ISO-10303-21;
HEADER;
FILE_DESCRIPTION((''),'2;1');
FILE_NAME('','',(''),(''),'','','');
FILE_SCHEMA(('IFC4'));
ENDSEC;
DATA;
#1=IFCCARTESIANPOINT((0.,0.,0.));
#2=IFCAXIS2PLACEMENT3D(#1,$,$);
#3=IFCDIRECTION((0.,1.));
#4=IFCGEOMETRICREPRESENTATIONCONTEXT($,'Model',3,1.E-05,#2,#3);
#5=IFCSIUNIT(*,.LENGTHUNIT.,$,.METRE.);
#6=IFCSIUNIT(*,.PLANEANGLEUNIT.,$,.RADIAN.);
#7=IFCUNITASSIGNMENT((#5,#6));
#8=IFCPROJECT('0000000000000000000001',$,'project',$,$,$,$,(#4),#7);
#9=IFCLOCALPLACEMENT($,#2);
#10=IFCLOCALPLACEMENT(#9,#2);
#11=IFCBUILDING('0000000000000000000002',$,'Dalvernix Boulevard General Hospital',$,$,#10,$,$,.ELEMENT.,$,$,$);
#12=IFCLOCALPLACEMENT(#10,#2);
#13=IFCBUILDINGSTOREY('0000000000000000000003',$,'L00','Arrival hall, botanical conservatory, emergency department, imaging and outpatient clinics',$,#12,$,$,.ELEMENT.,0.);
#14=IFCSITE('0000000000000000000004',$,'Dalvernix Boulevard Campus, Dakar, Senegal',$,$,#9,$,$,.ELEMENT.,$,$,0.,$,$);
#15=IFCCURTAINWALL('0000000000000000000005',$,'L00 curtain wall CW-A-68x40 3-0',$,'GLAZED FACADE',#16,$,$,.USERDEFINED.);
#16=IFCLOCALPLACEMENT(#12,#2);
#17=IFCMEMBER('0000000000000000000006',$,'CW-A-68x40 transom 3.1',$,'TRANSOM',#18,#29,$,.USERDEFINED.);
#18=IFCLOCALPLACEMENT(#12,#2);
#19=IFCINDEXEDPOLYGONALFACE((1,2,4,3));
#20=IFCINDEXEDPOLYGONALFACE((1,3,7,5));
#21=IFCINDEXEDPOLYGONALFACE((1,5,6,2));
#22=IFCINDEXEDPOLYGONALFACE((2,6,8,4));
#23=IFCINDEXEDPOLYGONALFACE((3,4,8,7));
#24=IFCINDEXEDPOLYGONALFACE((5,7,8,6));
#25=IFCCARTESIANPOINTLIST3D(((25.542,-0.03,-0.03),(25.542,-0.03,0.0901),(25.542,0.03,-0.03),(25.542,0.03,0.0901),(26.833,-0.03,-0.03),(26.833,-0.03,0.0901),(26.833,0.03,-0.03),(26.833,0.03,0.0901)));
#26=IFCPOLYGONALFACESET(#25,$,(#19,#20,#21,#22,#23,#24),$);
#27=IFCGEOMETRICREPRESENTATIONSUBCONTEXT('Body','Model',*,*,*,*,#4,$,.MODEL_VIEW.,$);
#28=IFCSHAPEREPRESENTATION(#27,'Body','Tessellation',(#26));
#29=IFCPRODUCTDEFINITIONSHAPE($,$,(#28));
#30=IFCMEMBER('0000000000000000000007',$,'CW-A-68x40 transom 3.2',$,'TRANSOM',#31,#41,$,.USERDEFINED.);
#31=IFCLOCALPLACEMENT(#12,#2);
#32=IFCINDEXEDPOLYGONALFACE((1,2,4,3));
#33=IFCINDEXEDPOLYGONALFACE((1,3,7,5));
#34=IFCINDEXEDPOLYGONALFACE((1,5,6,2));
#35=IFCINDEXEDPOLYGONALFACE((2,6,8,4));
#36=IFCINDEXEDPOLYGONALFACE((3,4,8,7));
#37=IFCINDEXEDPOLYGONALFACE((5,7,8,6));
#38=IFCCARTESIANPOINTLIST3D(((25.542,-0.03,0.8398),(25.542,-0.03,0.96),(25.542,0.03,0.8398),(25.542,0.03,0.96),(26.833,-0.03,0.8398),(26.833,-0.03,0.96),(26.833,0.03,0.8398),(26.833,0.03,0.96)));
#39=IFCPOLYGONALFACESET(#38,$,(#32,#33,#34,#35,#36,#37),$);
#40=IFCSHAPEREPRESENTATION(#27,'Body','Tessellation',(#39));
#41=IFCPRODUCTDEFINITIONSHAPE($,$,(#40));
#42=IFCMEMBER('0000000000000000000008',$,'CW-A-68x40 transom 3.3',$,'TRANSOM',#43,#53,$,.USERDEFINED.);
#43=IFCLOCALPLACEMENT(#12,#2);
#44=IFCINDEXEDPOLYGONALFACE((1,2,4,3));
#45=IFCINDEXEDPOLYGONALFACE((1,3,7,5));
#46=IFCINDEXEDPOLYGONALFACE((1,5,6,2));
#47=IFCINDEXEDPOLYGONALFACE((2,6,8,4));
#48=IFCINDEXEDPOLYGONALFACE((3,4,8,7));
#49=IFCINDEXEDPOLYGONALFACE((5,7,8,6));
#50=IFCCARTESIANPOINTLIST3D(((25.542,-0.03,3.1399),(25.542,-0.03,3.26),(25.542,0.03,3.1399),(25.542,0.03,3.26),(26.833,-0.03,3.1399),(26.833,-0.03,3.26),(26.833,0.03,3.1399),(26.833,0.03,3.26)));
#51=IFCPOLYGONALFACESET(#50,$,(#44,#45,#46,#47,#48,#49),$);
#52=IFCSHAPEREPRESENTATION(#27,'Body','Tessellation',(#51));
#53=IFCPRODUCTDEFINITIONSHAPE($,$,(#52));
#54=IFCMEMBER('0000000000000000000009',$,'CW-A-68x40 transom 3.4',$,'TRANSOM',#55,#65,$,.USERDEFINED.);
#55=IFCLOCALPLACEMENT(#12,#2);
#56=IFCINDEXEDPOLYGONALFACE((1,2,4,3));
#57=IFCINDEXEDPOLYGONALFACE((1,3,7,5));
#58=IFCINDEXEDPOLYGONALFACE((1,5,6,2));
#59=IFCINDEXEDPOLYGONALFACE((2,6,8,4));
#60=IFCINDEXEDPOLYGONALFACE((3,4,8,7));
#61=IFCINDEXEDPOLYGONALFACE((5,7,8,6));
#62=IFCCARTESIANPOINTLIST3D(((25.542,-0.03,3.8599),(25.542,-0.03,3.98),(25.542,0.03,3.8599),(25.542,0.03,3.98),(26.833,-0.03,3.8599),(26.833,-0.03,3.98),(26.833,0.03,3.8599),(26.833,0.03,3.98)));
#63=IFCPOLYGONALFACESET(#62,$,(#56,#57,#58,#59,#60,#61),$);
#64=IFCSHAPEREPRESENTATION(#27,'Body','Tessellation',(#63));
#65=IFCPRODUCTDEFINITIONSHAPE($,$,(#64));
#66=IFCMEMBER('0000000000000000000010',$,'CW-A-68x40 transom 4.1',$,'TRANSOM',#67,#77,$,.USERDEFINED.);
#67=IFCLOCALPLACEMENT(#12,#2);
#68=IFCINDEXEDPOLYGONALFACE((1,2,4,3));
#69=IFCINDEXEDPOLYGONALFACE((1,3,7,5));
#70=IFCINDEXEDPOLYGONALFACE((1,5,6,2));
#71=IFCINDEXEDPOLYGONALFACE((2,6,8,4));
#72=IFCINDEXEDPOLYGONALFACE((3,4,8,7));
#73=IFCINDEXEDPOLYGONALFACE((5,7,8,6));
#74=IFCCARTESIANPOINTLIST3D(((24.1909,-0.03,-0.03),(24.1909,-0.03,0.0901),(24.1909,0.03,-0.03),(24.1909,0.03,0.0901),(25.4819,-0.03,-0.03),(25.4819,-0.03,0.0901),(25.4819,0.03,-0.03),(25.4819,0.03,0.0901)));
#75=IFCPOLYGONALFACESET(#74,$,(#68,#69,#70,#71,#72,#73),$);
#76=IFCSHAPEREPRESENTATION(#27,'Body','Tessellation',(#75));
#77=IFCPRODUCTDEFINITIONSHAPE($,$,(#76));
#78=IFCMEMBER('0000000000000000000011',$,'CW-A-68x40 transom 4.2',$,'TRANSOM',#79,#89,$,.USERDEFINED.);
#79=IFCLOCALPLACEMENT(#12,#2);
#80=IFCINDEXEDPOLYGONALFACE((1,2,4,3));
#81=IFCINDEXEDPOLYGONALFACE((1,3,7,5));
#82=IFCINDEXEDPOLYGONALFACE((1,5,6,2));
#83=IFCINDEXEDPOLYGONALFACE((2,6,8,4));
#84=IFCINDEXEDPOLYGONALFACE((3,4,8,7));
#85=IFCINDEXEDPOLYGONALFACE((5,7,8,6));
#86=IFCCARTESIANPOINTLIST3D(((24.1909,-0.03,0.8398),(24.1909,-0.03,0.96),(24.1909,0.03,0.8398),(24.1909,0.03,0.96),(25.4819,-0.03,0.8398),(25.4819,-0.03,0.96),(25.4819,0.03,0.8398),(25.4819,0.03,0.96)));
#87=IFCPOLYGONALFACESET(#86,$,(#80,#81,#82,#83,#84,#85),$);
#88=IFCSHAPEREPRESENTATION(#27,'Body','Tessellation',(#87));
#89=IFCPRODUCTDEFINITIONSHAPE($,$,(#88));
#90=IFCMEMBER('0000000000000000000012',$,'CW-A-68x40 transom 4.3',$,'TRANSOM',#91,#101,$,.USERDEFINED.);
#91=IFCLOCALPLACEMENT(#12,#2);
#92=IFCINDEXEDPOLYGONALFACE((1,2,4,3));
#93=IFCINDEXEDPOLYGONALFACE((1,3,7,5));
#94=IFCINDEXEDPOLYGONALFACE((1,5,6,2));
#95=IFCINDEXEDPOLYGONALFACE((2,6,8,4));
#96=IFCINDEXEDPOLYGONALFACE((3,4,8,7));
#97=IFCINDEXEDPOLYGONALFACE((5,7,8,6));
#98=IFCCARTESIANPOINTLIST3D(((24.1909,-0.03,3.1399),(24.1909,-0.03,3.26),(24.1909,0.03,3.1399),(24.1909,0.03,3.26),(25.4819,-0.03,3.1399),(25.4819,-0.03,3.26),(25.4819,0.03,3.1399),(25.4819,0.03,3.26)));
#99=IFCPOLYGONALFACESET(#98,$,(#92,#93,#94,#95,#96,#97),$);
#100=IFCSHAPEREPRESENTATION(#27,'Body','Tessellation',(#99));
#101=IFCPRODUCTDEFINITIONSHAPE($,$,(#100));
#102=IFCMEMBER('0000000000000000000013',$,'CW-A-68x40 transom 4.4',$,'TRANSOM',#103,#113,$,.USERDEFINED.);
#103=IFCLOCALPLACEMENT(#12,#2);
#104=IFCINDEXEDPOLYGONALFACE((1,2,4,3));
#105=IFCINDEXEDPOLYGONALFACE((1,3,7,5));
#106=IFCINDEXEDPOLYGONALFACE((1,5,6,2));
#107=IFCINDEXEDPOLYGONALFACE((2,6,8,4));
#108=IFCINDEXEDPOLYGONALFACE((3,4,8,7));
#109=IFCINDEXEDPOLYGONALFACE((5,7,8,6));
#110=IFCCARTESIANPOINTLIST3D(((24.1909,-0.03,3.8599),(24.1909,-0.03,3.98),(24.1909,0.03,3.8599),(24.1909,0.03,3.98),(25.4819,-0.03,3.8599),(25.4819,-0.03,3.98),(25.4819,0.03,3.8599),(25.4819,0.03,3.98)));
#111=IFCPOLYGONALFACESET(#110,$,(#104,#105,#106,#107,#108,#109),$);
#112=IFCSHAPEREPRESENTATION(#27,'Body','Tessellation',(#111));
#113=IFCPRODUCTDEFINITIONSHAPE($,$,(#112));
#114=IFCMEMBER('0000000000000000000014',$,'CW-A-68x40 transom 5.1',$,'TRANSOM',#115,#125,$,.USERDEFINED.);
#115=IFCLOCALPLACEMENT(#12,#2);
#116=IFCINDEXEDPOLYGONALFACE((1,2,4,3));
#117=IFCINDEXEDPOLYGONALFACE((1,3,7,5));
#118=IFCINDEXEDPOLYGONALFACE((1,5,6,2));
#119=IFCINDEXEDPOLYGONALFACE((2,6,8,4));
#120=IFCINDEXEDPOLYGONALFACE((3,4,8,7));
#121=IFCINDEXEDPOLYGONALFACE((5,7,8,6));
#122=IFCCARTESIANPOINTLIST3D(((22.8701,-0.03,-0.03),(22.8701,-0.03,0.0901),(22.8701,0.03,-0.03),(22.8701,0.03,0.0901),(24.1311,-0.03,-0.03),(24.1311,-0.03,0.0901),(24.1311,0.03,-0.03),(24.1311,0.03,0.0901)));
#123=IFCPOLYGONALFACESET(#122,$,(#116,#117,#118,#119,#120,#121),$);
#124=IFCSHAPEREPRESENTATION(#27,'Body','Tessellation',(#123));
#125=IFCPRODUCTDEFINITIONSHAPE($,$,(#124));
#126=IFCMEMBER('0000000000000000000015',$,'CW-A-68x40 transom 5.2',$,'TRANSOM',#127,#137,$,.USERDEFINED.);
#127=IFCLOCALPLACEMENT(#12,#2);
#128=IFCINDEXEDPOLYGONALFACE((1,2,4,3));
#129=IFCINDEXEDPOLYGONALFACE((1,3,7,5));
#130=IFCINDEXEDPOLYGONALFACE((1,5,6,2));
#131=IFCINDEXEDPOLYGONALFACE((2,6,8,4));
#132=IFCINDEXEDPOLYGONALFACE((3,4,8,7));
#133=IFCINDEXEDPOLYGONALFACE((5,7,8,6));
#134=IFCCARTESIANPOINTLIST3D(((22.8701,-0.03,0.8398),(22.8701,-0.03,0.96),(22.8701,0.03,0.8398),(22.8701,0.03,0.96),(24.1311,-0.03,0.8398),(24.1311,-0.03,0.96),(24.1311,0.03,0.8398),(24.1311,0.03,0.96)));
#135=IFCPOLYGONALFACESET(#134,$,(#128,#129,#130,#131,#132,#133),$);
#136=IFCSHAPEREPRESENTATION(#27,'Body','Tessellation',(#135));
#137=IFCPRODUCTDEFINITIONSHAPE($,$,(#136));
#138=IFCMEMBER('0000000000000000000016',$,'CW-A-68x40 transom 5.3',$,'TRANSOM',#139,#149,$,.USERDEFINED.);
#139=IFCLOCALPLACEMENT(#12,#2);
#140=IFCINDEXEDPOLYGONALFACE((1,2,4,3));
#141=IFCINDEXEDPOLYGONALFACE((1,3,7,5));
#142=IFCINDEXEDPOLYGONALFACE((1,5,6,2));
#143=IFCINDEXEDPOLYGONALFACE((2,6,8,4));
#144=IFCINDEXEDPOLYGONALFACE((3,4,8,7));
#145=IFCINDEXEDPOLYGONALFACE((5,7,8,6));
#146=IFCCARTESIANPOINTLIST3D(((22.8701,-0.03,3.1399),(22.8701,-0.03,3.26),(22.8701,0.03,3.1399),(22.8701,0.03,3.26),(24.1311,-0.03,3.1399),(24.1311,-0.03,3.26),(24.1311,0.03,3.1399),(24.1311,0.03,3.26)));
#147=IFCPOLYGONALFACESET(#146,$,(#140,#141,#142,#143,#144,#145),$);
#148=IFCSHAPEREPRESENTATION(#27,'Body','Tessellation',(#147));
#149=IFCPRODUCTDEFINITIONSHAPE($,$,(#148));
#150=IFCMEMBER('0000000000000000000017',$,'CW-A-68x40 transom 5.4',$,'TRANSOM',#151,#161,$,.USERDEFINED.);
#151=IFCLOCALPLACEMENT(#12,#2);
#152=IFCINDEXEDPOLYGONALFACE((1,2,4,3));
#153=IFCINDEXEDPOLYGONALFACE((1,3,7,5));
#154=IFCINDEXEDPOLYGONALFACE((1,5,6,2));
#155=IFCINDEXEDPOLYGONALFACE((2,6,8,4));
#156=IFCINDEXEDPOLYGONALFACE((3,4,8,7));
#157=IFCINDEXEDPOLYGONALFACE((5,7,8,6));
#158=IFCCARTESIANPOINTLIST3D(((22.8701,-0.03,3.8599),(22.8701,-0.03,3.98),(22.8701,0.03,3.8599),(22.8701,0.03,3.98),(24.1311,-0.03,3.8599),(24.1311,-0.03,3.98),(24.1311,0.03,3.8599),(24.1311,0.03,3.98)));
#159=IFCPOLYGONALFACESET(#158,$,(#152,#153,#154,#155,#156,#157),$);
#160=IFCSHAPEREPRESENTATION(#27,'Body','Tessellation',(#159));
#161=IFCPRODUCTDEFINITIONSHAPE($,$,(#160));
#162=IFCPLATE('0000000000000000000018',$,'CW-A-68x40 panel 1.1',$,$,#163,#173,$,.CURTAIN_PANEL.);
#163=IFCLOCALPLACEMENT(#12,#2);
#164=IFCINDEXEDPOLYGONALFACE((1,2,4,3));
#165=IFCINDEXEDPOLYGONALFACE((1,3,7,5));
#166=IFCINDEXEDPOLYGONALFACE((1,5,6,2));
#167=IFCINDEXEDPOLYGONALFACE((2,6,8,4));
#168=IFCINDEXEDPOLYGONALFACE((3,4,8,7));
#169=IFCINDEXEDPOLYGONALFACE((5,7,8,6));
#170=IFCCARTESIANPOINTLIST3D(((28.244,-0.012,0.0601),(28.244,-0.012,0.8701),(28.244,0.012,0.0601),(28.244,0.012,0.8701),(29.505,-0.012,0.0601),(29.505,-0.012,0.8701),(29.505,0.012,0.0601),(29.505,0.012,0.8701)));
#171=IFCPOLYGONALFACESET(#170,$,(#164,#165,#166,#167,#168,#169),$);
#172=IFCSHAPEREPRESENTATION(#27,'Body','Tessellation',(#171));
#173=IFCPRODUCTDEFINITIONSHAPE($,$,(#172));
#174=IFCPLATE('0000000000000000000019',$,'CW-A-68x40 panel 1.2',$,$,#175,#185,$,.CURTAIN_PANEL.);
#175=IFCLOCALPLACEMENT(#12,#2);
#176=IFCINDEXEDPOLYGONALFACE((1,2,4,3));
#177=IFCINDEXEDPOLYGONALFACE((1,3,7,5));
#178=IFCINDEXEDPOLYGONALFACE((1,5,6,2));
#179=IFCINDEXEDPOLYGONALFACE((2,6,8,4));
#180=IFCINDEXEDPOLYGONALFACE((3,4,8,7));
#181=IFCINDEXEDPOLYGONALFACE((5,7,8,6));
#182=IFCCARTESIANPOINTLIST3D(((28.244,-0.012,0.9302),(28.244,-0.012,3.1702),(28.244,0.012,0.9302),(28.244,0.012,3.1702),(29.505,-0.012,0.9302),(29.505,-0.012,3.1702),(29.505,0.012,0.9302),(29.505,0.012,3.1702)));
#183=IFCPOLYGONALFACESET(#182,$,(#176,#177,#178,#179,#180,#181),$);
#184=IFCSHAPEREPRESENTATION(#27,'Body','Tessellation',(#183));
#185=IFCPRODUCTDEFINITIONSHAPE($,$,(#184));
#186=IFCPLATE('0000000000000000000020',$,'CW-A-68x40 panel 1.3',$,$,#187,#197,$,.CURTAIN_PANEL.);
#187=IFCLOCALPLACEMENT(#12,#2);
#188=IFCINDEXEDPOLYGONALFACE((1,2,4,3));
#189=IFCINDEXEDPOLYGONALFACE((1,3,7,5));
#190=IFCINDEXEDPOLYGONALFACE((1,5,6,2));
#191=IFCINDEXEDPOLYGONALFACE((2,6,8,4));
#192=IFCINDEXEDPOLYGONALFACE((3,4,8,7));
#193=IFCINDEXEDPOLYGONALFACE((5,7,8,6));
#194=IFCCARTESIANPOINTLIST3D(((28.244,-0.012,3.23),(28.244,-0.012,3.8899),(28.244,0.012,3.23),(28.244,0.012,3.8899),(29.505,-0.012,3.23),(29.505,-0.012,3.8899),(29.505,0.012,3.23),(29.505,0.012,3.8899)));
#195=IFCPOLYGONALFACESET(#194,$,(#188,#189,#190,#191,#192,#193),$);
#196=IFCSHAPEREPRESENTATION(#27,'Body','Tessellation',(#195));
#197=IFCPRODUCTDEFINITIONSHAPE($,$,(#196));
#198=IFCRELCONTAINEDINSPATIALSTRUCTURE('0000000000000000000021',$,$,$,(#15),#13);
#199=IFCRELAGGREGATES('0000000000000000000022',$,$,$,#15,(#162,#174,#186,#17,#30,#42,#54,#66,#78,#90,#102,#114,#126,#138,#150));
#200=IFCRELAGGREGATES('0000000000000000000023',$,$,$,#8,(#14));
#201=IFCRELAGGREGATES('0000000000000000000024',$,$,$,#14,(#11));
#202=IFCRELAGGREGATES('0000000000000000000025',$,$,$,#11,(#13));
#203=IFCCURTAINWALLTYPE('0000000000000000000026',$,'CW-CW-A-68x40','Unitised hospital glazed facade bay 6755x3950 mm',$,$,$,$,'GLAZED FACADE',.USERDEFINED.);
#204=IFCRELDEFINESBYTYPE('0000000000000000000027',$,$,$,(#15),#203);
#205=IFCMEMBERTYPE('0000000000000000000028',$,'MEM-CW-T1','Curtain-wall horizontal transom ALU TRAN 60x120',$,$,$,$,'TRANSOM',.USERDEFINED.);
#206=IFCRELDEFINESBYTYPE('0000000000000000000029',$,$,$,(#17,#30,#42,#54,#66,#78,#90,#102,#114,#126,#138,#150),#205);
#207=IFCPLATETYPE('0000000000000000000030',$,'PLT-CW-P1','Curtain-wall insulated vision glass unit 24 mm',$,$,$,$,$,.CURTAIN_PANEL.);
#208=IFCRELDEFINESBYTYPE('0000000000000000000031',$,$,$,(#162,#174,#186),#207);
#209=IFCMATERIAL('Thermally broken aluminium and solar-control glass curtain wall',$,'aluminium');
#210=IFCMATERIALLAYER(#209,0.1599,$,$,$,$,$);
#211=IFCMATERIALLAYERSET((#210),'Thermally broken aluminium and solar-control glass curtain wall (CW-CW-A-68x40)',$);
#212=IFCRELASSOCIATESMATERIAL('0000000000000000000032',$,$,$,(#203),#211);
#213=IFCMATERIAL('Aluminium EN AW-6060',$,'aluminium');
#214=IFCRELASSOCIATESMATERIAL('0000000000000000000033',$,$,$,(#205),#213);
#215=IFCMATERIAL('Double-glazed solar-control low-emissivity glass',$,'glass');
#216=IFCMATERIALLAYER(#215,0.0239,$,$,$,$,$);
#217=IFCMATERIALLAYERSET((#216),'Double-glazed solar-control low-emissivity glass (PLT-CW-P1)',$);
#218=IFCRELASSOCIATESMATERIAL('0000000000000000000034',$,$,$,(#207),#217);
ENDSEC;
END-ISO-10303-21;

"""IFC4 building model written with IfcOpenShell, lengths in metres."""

from ifc_helpers import new_model, si_unit, direction, frame, origin, origin_2d, place, context, subcontext, project, spatial, rectangle, extrude, material, layer, layer_set, material_profile, profile_set, type_object, element, aggregate, save


model = new_model("IFC4")

# Units and contexts
model_context = context("Model", 3, precision=1e-05, world=origin(), true_north=direction((0.0, 1.0)))
body_context = subcontext(model_context, "Body", "Model", "MODEL_VIEW")
ifc_project = project(units=[si_unit("LENGTHUNIT", "METRE"), si_unit("PLANEANGLEUNIT", "RADIAN")], contexts=[model_context])

# Site, building, storey
site_placement = place(None, origin())
site = spatial("IfcSite", under=ifc_project, at=site_placement, Name="Dalvernix Boulevard Campus, Dakar, Senegal", CompositionType="ELEMENT", RefElevation=0.0)
building_placement = place(site_placement, origin())
building = spatial("IfcBuilding", under=site, at=building_placement, Name="Dalvernix Boulevard General Hospital", CompositionType="ELEMENT")
storey_placement = place(building_placement, origin())
storey = spatial("IfcBuildingStorey", under=building, at=storey_placement, Name="L00", Description="Arrival hall, botanical conservatory, emergency department, imaging and outpatient clinics", CompositionType="ELEMENT", Elevation=0.0)

# Curtain wall, members, plates
ifc_material_1 = material(Name="Thermally broken aluminium and solar-control glass curtain wall", Category="aluminium")
ifc_layer_1 = layer(ifc_material_1, 0.1599)
ifc_layer_set_1 = layer_set([ifc_layer_1], Name="Thermally broken aluminium and solar-control glass curtain wall (CW-CW-A-68x40)")
curtain_wall_type = type_object("IfcCurtainWallType", Name="CW-CW-A-68x40", Description="Unitised hospital glazed facade bay 6755x3950 mm", ElementType="GLAZED FACADE", PredefinedType="USERDEFINED", material=ifc_layer_set_1)
curtain_wall_placement = place(storey_placement, origin())
curtain_wall = element("IfcCurtainWall", 1, at=curtain_wall_placement, inside=storey, type_object=curtain_wall_type, Name="L00 curtain wall CW-A-68x40 3-0", ObjectType="GLAZED FACADE", PredefinedType="USERDEFINED")
ifc_material_2 = material(Name="Aluminium EN AW-6060", Category="aluminium")
ifc_material_profile_1 = material_profile(ifc_material_2, rectangle(XDim=0.0601, YDim=0.1201, at=origin_2d()), Name="ALU TRAN 60x120")
ifc_profile_set_1 = profile_set([ifc_material_profile_1], Name="Aluminium EN AW-6060")
member_type_1 = type_object("IfcMemberType", Name="MEM-CW-T1", Description="Curtain-wall horizontal transom ALU TRAN 60x120", ElementType="TRANSOM", PredefinedType="USERDEFINED", material=ifc_profile_set_1)
member_1_placement = place(storey_placement, frame((26.833, 0.0, 0.03), z_axis=(-1.0, 0.0, 0.0), x_axis=(0.0, -1.0, 0.0)))
member_1 = element("IfcMember", 2, at=member_1_placement, type_object=member_type_1, Name="CW-A-68x40 transom 3.1", ObjectType="TRANSOM", PredefinedType="USERDEFINED", context=body_context, shape_type="SweptSolid", body=[
    extrude(rectangle(XDim=0.0601, YDim=0.1201, at=origin_2d()), origin(), (0.0, 0.0, 1.0), 1.291),
])
member_2_placement = place(storey_placement, frame((26.833, 0.0, 0.8999), z_axis=(-1.0, 0.0, 0.0), x_axis=(0.0, -1.0, 0.0)))
member_2 = element("IfcMember", 3, at=member_2_placement, type_object=member_type_1, Name="CW-A-68x40 transom 3.2", ObjectType="TRANSOM", PredefinedType="USERDEFINED", context=body_context, shape_type="SweptSolid", body=[
    extrude(rectangle(XDim=0.0601, YDim=0.1201, at=origin_2d()), origin(), (0.0, 0.0, 1.0), 1.291),
])
member_3_placement = place(storey_placement, frame((26.833, 0.0, 3.2), z_axis=(-1.0, 0.0, 0.0), x_axis=(0.0, -1.0, 0.0)))
member_3 = element("IfcMember", 4, at=member_3_placement, type_object=member_type_1, Name="CW-A-68x40 transom 3.3", ObjectType="TRANSOM", PredefinedType="USERDEFINED", context=body_context, shape_type="SweptSolid", body=[
    extrude(rectangle(XDim=0.0601, YDim=0.1201, at=origin_2d()), origin(), (0.0, 0.0, 1.0), 1.291),
])
member_4_placement = place(storey_placement, frame((26.833, 0.0, 3.9199), z_axis=(-1.0, 0.0, 0.0), x_axis=(0.0, -1.0, 0.0)))
member_4 = element("IfcMember", 5, at=member_4_placement, type_object=member_type_1, Name="CW-A-68x40 transom 3.4", ObjectType="TRANSOM", PredefinedType="USERDEFINED", context=body_context, shape_type="SweptSolid", body=[
    extrude(rectangle(XDim=0.0601, YDim=0.1201, at=origin_2d()), origin(), (0.0, 0.0, 1.0), 1.291),
])
member_5_placement = place(storey_placement, frame((25.4819, 0.0, 0.03), z_axis=(-1.0, 0.0, 0.0), x_axis=(0.0, -1.0, 0.0)))
member_5 = element("IfcMember", 6, at=member_5_placement, type_object=member_type_1, Name="CW-A-68x40 transom 4.1", ObjectType="TRANSOM", PredefinedType="USERDEFINED", context=body_context, shape_type="SweptSolid", body=[
    extrude(rectangle(XDim=0.0601, YDim=0.1201, at=origin_2d()), origin(), (0.0, 0.0, 1.0), 1.291),
])
member_6_placement = place(storey_placement, frame((25.4819, 0.0, 0.8999), z_axis=(-1.0, 0.0, 0.0), x_axis=(0.0, -1.0, 0.0)))
member_6 = element("IfcMember", 7, at=member_6_placement, type_object=member_type_1, Name="CW-A-68x40 transom 4.2", ObjectType="TRANSOM", PredefinedType="USERDEFINED", context=body_context, shape_type="SweptSolid", body=[
    extrude(rectangle(XDim=0.0601, YDim=0.1201, at=origin_2d()), origin(), (0.0, 0.0, 1.0), 1.291),
])
member_7_placement = place(storey_placement, frame((25.4819, 0.0, 3.2), z_axis=(-1.0, 0.0, 0.0), x_axis=(0.0, -1.0, 0.0)))
member_7 = element("IfcMember", 8, at=member_7_placement, type_object=member_type_1, Name="CW-A-68x40 transom 4.3", ObjectType="TRANSOM", PredefinedType="USERDEFINED", context=body_context, shape_type="SweptSolid", body=[
    extrude(rectangle(XDim=0.0601, YDim=0.1201, at=origin_2d()), origin(), (0.0, 0.0, 1.0), 1.291),
])
member_8_placement = place(storey_placement, frame((25.4819, 0.0, 3.9199), z_axis=(-1.0, 0.0, 0.0), x_axis=(0.0, -1.0, 0.0)))
member_8 = element("IfcMember", 9, at=member_8_placement, type_object=member_type_1, Name="CW-A-68x40 transom 4.4", ObjectType="TRANSOM", PredefinedType="USERDEFINED", context=body_context, shape_type="SweptSolid", body=[
    extrude(rectangle(XDim=0.0601, YDim=0.1201, at=origin_2d()), origin(), (0.0, 0.0, 1.0), 1.291),
])
member_9_placement = place(storey_placement, frame((24.1311, 0.0, 0.03), z_axis=(-1.0, 0.0, 0.0), x_axis=(0.0, -1.0, 0.0)))
member_9 = element("IfcMember", 10, at=member_9_placement, type_object=member_type_1, Name="CW-A-68x40 transom 5.1", ObjectType="TRANSOM", PredefinedType="USERDEFINED", context=body_context, shape_type="SweptSolid", body=[
    extrude(rectangle(XDim=0.0601, YDim=0.1201, at=origin_2d()), origin(), (0.0, 0.0, 1.0), 1.261),
])
member_10_placement = place(storey_placement, frame((24.1311, 0.0, 0.8999), z_axis=(-1.0, 0.0, 0.0), x_axis=(0.0, -1.0, 0.0)))
member_10 = element("IfcMember", 11, at=member_10_placement, type_object=member_type_1, Name="CW-A-68x40 transom 5.2", ObjectType="TRANSOM", PredefinedType="USERDEFINED", context=body_context, shape_type="SweptSolid", body=[
    extrude(rectangle(XDim=0.0601, YDim=0.1201, at=origin_2d()), origin(), (0.0, 0.0, 1.0), 1.261),
])
member_11_placement = place(storey_placement, frame((24.1311, 0.0, 3.2), z_axis=(-1.0, 0.0, 0.0), x_axis=(0.0, -1.0, 0.0)))
member_11 = element("IfcMember", 12, at=member_11_placement, type_object=member_type_1, Name="CW-A-68x40 transom 5.3", ObjectType="TRANSOM", PredefinedType="USERDEFINED", context=body_context, shape_type="SweptSolid", body=[
    extrude(rectangle(XDim=0.0601, YDim=0.1201, at=origin_2d()), origin(), (0.0, 0.0, 1.0), 1.261),
])
member_12_placement = place(storey_placement, frame((24.1311, 0.0, 3.9199), z_axis=(-1.0, 0.0, 0.0), x_axis=(0.0, -1.0, 0.0)))
member_12 = element("IfcMember", 13, at=member_12_placement, type_object=member_type_1, Name="CW-A-68x40 transom 5.4", ObjectType="TRANSOM", PredefinedType="USERDEFINED", context=body_context, shape_type="SweptSolid", body=[
    extrude(rectangle(XDim=0.0601, YDim=0.1201, at=origin_2d()), origin(), (0.0, 0.0, 1.0), 1.261),
])
ifc_material_3 = material(Name="Double-glazed solar-control low-emissivity glass", Category="glass")
ifc_layer_2 = layer(ifc_material_3, 0.0239)
ifc_layer_set_2 = layer_set([ifc_layer_2], Name="Double-glazed solar-control low-emissivity glass (PLT-CW-P1)")
plate_type = type_object("IfcPlateType", Name="PLT-CW-P1", Description="Curtain-wall insulated vision glass unit 24 mm", PredefinedType="CURTAIN_PANEL", material=ifc_layer_set_2)
plate_1_placement = place(storey_placement, frame((28.8745, 0.0, 0.0601), z_axis=(0.0, 0.0, 1.0), x_axis=(-1.0, 0.0, 0.0)))
plate_1 = element("IfcPlate", 14, at=plate_1_placement, type_object=plate_type, Name="CW-A-68x40 panel 1.1", PredefinedType="CURTAIN_PANEL", context=body_context, shape_type="SweptSolid", body=[
    extrude(rectangle(XDim=1.261, YDim=0.0239, at=origin_2d()), origin(), (0.0, 0.0, 1.0), 0.8101),
])
plate_2_placement = place(storey_placement, frame((28.8745, 0.0, 0.9302), z_axis=(0.0, 0.0, 1.0), x_axis=(-1.0, 0.0, 0.0)))
plate_2 = element("IfcPlate", 15, at=plate_2_placement, type_object=plate_type, Name="CW-A-68x40 panel 1.2", PredefinedType="CURTAIN_PANEL", context=body_context, shape_type="SweptSolid", body=[
    extrude(rectangle(XDim=1.261, YDim=0.0239, at=origin_2d()), origin(), (0.0, 0.0, 1.0), 2.24),
])
plate_3_placement = place(storey_placement, frame((28.8745, 0.0, 3.23), z_axis=(0.0, 0.0, 1.0), x_axis=(-1.0, 0.0, 0.0)))
plate_3 = element("IfcPlate", 16, at=plate_3_placement, type_object=plate_type, Name="CW-A-68x40 panel 1.3", PredefinedType="CURTAIN_PANEL", context=body_context, shape_type="SweptSolid", body=[
    extrude(rectangle(XDim=1.261, YDim=0.0239, at=origin_2d()), origin(), (0.0, 0.0, 1.0), 0.6599),
])
aggregate(curtain_wall, [plate_1, plate_2, plate_3, member_1, member_2, member_3, member_4, member_5, member_6, member_7, member_8, member_9, member_10, member_11, member_12])

save(model, "model.ifc")
